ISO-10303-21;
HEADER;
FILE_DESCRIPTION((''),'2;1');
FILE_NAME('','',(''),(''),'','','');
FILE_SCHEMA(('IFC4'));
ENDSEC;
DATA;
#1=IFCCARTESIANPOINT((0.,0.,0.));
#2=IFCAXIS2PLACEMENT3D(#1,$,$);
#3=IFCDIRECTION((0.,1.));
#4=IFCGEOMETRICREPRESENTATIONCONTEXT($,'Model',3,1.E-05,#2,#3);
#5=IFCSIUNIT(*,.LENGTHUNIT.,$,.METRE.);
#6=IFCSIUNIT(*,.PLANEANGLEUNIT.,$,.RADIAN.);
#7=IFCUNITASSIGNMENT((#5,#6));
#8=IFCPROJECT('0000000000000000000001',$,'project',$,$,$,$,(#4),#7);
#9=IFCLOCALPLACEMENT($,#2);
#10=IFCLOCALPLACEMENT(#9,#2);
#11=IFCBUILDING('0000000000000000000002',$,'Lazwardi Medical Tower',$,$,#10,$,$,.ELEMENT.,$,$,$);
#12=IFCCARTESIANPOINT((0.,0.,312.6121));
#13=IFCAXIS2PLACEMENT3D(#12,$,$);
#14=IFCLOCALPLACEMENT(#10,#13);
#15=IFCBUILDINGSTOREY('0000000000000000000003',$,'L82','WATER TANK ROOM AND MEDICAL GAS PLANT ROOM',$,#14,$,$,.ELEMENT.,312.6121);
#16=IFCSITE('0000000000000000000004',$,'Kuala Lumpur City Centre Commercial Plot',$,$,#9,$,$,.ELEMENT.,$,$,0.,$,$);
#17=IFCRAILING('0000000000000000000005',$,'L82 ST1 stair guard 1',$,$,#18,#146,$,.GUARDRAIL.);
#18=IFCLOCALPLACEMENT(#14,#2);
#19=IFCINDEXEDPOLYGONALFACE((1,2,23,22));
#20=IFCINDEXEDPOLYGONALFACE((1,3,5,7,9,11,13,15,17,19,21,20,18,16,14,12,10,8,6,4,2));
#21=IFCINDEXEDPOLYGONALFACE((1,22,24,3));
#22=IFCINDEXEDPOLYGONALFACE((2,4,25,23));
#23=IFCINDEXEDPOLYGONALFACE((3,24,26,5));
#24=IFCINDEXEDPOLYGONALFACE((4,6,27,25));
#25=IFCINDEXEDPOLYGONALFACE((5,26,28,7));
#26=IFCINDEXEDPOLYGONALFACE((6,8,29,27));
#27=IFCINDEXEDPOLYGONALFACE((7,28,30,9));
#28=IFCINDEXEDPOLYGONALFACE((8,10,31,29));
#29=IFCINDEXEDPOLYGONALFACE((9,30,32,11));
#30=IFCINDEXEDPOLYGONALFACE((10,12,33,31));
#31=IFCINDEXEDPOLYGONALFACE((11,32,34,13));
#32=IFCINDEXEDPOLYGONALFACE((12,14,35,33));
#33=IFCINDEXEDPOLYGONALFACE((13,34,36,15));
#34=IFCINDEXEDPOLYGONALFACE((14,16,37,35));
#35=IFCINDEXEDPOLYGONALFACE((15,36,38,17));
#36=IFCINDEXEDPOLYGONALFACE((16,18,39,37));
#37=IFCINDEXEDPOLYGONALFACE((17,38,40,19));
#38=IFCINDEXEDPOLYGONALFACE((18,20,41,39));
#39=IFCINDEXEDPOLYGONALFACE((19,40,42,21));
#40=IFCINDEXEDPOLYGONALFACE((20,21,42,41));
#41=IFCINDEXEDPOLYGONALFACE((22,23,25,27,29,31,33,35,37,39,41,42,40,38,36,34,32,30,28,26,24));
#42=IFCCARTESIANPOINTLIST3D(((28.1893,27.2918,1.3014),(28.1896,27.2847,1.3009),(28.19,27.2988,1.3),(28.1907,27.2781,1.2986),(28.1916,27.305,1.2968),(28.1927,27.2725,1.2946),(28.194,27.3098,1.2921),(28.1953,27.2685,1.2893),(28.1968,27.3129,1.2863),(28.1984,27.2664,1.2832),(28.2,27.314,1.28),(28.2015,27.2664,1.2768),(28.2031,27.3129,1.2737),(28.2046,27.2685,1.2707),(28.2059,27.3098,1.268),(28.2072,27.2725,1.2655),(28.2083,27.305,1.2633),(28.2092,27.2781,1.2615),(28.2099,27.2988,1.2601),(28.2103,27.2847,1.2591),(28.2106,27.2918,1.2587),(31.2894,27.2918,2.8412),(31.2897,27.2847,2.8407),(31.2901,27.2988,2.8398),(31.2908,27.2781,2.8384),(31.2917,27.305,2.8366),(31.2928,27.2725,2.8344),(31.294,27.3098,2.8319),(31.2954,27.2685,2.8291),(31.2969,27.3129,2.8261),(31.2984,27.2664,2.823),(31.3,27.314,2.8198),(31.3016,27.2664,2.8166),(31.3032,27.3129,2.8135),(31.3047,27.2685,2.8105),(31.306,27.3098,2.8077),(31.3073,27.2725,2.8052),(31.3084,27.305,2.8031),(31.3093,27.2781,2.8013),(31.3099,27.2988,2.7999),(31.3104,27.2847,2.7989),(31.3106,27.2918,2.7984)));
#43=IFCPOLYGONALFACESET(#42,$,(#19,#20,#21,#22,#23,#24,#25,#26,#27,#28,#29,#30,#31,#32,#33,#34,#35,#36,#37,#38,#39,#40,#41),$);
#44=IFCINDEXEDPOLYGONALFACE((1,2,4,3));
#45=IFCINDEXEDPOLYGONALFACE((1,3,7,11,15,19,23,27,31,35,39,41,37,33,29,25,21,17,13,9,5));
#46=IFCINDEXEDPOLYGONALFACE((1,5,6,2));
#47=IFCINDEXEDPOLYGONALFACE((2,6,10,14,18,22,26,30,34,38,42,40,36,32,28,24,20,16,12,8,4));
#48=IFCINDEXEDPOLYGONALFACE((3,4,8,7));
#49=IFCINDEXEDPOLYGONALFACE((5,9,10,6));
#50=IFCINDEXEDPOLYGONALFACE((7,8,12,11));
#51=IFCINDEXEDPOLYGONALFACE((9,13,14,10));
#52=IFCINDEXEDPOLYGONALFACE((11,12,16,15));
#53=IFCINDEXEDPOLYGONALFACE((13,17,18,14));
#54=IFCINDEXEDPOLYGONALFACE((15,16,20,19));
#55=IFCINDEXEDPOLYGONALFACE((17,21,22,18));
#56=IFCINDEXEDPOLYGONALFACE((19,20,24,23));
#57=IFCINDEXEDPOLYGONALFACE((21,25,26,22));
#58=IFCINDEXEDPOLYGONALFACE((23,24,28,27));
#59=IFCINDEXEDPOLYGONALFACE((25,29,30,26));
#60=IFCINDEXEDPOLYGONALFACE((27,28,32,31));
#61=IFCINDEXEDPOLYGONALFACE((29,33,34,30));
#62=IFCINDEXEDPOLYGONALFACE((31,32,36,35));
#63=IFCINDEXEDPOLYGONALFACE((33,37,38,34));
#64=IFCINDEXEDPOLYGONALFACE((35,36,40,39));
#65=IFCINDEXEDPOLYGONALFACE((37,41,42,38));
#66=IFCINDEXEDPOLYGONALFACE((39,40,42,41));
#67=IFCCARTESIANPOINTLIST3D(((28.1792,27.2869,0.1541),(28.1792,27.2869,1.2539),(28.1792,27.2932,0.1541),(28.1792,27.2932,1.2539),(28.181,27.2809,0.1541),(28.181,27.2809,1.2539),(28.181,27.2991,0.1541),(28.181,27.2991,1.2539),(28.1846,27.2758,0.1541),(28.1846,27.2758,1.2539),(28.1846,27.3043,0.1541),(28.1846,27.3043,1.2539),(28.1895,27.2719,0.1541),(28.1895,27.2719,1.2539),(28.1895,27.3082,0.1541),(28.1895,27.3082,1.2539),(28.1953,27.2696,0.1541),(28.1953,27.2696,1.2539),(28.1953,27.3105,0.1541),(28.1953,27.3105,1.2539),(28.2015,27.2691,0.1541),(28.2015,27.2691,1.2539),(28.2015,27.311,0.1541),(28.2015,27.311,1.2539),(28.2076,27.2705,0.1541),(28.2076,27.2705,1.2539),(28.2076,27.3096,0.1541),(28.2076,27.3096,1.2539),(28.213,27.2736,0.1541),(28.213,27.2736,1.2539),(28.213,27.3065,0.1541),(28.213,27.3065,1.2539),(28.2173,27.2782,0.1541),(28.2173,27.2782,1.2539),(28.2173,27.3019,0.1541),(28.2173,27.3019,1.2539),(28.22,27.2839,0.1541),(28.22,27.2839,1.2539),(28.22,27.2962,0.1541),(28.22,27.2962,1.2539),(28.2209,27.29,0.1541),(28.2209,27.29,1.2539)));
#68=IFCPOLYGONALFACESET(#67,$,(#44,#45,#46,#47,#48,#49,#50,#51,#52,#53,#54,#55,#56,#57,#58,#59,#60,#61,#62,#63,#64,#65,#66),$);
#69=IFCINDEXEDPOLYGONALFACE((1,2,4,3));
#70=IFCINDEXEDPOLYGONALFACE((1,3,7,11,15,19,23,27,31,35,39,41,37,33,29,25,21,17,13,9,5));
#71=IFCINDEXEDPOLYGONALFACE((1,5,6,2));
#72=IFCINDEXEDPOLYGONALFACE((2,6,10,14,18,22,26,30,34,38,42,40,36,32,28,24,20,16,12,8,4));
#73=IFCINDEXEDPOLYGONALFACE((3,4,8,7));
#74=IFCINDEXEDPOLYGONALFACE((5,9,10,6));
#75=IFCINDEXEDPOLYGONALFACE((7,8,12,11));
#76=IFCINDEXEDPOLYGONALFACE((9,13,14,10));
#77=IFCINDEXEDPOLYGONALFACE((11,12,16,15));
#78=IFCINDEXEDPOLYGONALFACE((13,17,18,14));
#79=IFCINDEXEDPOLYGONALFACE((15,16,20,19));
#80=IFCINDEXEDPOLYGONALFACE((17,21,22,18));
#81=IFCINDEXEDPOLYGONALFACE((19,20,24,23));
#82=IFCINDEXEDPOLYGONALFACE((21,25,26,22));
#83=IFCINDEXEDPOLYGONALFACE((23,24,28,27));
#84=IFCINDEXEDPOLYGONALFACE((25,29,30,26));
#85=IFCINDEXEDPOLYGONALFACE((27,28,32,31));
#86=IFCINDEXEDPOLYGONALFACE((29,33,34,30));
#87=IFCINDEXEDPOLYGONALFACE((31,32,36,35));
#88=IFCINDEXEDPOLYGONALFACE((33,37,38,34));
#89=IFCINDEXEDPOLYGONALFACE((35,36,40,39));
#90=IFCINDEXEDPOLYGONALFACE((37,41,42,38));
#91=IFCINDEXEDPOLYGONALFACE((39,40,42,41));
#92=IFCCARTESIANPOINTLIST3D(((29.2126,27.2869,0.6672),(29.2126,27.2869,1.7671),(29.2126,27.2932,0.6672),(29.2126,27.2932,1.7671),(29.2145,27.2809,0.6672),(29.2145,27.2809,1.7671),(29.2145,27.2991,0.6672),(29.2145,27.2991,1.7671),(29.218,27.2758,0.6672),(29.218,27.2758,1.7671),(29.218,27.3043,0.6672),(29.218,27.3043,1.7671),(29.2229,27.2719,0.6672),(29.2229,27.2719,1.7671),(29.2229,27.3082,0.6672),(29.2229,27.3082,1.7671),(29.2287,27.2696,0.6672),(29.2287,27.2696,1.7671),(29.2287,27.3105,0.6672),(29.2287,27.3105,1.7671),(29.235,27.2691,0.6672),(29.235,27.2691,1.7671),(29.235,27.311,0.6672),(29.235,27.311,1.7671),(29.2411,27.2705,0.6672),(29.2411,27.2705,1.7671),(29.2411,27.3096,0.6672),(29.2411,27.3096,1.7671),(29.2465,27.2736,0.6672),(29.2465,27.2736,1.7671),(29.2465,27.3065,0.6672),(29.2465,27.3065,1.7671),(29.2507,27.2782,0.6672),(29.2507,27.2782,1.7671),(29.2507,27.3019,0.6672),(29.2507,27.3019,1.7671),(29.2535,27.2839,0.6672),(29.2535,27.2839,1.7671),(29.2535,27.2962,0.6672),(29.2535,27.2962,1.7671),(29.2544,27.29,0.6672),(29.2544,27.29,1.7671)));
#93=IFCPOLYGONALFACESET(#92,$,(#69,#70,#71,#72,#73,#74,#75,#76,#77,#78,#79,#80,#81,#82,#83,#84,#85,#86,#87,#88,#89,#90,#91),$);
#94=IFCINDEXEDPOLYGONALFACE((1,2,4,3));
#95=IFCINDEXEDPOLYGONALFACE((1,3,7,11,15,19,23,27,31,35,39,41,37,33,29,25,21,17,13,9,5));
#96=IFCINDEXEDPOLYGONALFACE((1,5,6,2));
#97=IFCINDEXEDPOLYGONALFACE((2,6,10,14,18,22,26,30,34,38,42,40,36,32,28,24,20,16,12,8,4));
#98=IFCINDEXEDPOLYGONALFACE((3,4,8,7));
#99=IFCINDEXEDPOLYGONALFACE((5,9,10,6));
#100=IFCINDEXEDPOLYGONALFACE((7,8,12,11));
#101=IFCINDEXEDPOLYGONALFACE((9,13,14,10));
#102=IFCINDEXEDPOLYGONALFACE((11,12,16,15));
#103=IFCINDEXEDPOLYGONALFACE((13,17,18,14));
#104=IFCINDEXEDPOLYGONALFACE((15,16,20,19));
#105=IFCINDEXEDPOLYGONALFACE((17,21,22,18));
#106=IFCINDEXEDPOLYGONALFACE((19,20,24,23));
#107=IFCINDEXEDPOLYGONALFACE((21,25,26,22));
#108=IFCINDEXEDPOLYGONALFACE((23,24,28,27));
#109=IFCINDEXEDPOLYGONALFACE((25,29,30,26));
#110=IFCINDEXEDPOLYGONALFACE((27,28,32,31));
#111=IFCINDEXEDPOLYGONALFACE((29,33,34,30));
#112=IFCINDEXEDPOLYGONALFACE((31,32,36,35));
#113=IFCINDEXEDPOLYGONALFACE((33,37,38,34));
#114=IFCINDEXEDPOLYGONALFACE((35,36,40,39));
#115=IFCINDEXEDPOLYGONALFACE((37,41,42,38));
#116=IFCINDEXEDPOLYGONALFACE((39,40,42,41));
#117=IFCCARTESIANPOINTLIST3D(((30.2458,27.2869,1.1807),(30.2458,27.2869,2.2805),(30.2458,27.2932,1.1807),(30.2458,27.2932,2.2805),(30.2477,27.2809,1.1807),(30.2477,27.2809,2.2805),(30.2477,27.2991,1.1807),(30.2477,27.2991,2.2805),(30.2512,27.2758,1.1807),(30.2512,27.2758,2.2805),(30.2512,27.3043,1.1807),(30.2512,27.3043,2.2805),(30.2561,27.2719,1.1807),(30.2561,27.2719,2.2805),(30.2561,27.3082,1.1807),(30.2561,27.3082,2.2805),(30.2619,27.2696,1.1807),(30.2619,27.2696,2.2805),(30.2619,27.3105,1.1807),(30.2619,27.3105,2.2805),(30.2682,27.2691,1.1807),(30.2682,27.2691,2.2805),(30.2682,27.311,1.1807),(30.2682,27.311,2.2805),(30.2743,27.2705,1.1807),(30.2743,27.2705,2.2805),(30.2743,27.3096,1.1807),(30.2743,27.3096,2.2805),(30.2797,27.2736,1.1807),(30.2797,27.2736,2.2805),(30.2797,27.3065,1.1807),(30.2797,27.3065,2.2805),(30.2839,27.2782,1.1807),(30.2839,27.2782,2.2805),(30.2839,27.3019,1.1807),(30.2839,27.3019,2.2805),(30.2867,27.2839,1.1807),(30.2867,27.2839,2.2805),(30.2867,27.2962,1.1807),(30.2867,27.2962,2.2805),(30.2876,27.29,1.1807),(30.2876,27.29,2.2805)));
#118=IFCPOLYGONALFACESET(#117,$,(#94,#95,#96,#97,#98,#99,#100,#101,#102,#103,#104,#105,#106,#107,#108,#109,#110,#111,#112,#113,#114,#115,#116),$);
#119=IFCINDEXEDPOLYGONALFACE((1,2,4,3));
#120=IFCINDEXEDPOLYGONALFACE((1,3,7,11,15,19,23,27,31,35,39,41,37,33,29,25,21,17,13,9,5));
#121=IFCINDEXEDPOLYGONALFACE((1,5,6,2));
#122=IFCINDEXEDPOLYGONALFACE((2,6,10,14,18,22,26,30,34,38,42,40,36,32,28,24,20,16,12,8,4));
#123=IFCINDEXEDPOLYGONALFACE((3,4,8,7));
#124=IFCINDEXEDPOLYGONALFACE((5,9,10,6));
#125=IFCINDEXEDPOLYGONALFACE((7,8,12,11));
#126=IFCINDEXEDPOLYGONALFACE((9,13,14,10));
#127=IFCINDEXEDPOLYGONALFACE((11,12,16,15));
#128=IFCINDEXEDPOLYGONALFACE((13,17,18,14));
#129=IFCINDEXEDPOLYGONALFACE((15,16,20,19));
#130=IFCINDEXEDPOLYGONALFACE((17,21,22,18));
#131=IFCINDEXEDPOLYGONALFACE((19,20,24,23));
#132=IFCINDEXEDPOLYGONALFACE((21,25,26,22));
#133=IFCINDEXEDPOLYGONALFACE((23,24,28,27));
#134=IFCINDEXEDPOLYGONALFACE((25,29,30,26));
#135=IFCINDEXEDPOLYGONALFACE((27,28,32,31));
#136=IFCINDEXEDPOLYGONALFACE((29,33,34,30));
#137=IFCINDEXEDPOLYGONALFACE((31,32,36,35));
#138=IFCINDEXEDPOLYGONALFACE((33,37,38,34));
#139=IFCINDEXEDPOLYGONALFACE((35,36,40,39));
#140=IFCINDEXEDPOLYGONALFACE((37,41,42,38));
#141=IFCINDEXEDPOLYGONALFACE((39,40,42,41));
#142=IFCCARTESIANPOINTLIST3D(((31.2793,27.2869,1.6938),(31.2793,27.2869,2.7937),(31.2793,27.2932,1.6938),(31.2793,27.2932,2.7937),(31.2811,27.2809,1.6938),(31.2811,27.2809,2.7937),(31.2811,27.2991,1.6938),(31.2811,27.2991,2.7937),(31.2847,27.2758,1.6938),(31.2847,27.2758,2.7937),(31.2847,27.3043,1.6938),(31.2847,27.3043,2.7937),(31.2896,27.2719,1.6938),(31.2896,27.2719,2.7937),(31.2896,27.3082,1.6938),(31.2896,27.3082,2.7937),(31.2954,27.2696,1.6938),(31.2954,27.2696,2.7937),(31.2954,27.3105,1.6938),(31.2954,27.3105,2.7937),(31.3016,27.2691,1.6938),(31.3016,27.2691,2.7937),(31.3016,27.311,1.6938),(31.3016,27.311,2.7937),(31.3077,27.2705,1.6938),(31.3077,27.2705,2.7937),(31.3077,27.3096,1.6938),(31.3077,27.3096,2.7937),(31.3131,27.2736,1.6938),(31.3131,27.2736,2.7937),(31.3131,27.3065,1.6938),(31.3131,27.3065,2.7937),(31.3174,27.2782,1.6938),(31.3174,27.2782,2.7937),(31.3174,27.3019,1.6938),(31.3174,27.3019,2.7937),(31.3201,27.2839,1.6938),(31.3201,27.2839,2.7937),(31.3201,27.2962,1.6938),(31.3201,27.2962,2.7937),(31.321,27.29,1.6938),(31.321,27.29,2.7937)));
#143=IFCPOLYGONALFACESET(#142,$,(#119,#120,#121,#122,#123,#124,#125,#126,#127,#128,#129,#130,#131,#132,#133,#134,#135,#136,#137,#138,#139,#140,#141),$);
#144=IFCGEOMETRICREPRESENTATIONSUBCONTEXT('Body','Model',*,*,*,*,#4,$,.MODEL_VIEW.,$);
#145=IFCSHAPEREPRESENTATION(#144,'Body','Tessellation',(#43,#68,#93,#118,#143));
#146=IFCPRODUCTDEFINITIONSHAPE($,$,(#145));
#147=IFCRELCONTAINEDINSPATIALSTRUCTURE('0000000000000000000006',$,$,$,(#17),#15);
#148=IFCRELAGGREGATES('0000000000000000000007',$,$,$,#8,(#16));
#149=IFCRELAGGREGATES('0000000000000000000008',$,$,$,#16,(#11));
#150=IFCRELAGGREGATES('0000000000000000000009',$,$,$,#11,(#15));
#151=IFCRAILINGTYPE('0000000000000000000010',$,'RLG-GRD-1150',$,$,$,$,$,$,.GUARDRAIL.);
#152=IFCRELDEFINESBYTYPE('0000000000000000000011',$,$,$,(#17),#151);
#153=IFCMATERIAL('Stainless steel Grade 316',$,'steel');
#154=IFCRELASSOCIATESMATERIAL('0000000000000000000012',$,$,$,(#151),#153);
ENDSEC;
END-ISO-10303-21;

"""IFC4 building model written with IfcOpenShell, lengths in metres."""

from ifc_helpers import new_model, si_unit, direction, frame, origin, origin_2d, place, context, subcontext, project, spatial, circle, extrude, material, type_object, element, save


model = new_model("IFC4")

# Units and contexts
model_context = context("Model", 3, precision=1e-05, world=origin(), true_north=direction((0.0, 1.0)))
body_context = subcontext(model_context, "Body", "Model", "MODEL_VIEW")
ifc_project = project(units=[si_unit("LENGTHUNIT", "METRE"), si_unit("PLANEANGLEUNIT", "RADIAN")], contexts=[model_context])

# Site, building, storey
site_placement = place(None, origin())
site = spatial("IfcSite", under=ifc_project, at=site_placement, Name="Kuala Lumpur City Centre Commercial Plot", CompositionType="ELEMENT", RefElevation=0.0)
building_placement = place(site_placement, origin())
building = spatial("IfcBuilding", under=site, at=building_placement, Name="Lazwardi Medical Tower", CompositionType="ELEMENT")
storey_placement = place(building_placement, frame((0.0, 0.0, 312.6121)))
storey = spatial("IfcBuildingStorey", under=building, at=storey_placement, Name="L82", Description="WATER TANK ROOM AND MEDICAL GAS PLANT ROOM", CompositionType="ELEMENT", Elevation=312.6121)

# Railing
ifc_material_1 = material(Name="Stainless steel Grade 316", Category="steel")
railing_type_1 = type_object("IfcRailingType", Name="RLG-GRD-1150", PredefinedType="GUARDRAIL", material=ifc_material_1)
railing_1_placement = place(storey_placement, frame((28.2, 27.29, 0.1541)))
element("IfcRailing", 1, at=railing_1_placement, inside=storey, type_object=railing_type_1, Name="L82 ST1 stair guard 1", PredefinedType="GUARDRAIL", context=body_context, shape_type="SweptSolid", body=[
    extrude(circle(Radius=0.0239, at=origin_2d()), frame((0.0, 0.0, 1.126), z_axis=(0.895609, 0.0, 0.444842), x_axis=(0.0, 1.0, 0.0)), (0.0, 0.0, 1.0), 3.4614),
    extrude(circle(Radius=0.021, at=origin_2d()), origin(), (0.0, 0.0, 1.0), 1.0999),
    extrude(circle(Radius=0.021, at=origin_2d()), frame((1.0334, 0.0, 0.5132)), (0.0, 0.0, 1.0), 1.0999),
    extrude(circle(Radius=0.021, at=origin_2d()), frame((2.0667, 0.0, 1.0266)), (0.0, 0.0, 1.0), 1.0999),
    extrude(circle(Radius=0.021, at=origin_2d()), frame((3.1001, 0.0, 1.5398)), (0.0, 0.0, 1.0), 1.0999),
])

save(model, "model.ifc")
